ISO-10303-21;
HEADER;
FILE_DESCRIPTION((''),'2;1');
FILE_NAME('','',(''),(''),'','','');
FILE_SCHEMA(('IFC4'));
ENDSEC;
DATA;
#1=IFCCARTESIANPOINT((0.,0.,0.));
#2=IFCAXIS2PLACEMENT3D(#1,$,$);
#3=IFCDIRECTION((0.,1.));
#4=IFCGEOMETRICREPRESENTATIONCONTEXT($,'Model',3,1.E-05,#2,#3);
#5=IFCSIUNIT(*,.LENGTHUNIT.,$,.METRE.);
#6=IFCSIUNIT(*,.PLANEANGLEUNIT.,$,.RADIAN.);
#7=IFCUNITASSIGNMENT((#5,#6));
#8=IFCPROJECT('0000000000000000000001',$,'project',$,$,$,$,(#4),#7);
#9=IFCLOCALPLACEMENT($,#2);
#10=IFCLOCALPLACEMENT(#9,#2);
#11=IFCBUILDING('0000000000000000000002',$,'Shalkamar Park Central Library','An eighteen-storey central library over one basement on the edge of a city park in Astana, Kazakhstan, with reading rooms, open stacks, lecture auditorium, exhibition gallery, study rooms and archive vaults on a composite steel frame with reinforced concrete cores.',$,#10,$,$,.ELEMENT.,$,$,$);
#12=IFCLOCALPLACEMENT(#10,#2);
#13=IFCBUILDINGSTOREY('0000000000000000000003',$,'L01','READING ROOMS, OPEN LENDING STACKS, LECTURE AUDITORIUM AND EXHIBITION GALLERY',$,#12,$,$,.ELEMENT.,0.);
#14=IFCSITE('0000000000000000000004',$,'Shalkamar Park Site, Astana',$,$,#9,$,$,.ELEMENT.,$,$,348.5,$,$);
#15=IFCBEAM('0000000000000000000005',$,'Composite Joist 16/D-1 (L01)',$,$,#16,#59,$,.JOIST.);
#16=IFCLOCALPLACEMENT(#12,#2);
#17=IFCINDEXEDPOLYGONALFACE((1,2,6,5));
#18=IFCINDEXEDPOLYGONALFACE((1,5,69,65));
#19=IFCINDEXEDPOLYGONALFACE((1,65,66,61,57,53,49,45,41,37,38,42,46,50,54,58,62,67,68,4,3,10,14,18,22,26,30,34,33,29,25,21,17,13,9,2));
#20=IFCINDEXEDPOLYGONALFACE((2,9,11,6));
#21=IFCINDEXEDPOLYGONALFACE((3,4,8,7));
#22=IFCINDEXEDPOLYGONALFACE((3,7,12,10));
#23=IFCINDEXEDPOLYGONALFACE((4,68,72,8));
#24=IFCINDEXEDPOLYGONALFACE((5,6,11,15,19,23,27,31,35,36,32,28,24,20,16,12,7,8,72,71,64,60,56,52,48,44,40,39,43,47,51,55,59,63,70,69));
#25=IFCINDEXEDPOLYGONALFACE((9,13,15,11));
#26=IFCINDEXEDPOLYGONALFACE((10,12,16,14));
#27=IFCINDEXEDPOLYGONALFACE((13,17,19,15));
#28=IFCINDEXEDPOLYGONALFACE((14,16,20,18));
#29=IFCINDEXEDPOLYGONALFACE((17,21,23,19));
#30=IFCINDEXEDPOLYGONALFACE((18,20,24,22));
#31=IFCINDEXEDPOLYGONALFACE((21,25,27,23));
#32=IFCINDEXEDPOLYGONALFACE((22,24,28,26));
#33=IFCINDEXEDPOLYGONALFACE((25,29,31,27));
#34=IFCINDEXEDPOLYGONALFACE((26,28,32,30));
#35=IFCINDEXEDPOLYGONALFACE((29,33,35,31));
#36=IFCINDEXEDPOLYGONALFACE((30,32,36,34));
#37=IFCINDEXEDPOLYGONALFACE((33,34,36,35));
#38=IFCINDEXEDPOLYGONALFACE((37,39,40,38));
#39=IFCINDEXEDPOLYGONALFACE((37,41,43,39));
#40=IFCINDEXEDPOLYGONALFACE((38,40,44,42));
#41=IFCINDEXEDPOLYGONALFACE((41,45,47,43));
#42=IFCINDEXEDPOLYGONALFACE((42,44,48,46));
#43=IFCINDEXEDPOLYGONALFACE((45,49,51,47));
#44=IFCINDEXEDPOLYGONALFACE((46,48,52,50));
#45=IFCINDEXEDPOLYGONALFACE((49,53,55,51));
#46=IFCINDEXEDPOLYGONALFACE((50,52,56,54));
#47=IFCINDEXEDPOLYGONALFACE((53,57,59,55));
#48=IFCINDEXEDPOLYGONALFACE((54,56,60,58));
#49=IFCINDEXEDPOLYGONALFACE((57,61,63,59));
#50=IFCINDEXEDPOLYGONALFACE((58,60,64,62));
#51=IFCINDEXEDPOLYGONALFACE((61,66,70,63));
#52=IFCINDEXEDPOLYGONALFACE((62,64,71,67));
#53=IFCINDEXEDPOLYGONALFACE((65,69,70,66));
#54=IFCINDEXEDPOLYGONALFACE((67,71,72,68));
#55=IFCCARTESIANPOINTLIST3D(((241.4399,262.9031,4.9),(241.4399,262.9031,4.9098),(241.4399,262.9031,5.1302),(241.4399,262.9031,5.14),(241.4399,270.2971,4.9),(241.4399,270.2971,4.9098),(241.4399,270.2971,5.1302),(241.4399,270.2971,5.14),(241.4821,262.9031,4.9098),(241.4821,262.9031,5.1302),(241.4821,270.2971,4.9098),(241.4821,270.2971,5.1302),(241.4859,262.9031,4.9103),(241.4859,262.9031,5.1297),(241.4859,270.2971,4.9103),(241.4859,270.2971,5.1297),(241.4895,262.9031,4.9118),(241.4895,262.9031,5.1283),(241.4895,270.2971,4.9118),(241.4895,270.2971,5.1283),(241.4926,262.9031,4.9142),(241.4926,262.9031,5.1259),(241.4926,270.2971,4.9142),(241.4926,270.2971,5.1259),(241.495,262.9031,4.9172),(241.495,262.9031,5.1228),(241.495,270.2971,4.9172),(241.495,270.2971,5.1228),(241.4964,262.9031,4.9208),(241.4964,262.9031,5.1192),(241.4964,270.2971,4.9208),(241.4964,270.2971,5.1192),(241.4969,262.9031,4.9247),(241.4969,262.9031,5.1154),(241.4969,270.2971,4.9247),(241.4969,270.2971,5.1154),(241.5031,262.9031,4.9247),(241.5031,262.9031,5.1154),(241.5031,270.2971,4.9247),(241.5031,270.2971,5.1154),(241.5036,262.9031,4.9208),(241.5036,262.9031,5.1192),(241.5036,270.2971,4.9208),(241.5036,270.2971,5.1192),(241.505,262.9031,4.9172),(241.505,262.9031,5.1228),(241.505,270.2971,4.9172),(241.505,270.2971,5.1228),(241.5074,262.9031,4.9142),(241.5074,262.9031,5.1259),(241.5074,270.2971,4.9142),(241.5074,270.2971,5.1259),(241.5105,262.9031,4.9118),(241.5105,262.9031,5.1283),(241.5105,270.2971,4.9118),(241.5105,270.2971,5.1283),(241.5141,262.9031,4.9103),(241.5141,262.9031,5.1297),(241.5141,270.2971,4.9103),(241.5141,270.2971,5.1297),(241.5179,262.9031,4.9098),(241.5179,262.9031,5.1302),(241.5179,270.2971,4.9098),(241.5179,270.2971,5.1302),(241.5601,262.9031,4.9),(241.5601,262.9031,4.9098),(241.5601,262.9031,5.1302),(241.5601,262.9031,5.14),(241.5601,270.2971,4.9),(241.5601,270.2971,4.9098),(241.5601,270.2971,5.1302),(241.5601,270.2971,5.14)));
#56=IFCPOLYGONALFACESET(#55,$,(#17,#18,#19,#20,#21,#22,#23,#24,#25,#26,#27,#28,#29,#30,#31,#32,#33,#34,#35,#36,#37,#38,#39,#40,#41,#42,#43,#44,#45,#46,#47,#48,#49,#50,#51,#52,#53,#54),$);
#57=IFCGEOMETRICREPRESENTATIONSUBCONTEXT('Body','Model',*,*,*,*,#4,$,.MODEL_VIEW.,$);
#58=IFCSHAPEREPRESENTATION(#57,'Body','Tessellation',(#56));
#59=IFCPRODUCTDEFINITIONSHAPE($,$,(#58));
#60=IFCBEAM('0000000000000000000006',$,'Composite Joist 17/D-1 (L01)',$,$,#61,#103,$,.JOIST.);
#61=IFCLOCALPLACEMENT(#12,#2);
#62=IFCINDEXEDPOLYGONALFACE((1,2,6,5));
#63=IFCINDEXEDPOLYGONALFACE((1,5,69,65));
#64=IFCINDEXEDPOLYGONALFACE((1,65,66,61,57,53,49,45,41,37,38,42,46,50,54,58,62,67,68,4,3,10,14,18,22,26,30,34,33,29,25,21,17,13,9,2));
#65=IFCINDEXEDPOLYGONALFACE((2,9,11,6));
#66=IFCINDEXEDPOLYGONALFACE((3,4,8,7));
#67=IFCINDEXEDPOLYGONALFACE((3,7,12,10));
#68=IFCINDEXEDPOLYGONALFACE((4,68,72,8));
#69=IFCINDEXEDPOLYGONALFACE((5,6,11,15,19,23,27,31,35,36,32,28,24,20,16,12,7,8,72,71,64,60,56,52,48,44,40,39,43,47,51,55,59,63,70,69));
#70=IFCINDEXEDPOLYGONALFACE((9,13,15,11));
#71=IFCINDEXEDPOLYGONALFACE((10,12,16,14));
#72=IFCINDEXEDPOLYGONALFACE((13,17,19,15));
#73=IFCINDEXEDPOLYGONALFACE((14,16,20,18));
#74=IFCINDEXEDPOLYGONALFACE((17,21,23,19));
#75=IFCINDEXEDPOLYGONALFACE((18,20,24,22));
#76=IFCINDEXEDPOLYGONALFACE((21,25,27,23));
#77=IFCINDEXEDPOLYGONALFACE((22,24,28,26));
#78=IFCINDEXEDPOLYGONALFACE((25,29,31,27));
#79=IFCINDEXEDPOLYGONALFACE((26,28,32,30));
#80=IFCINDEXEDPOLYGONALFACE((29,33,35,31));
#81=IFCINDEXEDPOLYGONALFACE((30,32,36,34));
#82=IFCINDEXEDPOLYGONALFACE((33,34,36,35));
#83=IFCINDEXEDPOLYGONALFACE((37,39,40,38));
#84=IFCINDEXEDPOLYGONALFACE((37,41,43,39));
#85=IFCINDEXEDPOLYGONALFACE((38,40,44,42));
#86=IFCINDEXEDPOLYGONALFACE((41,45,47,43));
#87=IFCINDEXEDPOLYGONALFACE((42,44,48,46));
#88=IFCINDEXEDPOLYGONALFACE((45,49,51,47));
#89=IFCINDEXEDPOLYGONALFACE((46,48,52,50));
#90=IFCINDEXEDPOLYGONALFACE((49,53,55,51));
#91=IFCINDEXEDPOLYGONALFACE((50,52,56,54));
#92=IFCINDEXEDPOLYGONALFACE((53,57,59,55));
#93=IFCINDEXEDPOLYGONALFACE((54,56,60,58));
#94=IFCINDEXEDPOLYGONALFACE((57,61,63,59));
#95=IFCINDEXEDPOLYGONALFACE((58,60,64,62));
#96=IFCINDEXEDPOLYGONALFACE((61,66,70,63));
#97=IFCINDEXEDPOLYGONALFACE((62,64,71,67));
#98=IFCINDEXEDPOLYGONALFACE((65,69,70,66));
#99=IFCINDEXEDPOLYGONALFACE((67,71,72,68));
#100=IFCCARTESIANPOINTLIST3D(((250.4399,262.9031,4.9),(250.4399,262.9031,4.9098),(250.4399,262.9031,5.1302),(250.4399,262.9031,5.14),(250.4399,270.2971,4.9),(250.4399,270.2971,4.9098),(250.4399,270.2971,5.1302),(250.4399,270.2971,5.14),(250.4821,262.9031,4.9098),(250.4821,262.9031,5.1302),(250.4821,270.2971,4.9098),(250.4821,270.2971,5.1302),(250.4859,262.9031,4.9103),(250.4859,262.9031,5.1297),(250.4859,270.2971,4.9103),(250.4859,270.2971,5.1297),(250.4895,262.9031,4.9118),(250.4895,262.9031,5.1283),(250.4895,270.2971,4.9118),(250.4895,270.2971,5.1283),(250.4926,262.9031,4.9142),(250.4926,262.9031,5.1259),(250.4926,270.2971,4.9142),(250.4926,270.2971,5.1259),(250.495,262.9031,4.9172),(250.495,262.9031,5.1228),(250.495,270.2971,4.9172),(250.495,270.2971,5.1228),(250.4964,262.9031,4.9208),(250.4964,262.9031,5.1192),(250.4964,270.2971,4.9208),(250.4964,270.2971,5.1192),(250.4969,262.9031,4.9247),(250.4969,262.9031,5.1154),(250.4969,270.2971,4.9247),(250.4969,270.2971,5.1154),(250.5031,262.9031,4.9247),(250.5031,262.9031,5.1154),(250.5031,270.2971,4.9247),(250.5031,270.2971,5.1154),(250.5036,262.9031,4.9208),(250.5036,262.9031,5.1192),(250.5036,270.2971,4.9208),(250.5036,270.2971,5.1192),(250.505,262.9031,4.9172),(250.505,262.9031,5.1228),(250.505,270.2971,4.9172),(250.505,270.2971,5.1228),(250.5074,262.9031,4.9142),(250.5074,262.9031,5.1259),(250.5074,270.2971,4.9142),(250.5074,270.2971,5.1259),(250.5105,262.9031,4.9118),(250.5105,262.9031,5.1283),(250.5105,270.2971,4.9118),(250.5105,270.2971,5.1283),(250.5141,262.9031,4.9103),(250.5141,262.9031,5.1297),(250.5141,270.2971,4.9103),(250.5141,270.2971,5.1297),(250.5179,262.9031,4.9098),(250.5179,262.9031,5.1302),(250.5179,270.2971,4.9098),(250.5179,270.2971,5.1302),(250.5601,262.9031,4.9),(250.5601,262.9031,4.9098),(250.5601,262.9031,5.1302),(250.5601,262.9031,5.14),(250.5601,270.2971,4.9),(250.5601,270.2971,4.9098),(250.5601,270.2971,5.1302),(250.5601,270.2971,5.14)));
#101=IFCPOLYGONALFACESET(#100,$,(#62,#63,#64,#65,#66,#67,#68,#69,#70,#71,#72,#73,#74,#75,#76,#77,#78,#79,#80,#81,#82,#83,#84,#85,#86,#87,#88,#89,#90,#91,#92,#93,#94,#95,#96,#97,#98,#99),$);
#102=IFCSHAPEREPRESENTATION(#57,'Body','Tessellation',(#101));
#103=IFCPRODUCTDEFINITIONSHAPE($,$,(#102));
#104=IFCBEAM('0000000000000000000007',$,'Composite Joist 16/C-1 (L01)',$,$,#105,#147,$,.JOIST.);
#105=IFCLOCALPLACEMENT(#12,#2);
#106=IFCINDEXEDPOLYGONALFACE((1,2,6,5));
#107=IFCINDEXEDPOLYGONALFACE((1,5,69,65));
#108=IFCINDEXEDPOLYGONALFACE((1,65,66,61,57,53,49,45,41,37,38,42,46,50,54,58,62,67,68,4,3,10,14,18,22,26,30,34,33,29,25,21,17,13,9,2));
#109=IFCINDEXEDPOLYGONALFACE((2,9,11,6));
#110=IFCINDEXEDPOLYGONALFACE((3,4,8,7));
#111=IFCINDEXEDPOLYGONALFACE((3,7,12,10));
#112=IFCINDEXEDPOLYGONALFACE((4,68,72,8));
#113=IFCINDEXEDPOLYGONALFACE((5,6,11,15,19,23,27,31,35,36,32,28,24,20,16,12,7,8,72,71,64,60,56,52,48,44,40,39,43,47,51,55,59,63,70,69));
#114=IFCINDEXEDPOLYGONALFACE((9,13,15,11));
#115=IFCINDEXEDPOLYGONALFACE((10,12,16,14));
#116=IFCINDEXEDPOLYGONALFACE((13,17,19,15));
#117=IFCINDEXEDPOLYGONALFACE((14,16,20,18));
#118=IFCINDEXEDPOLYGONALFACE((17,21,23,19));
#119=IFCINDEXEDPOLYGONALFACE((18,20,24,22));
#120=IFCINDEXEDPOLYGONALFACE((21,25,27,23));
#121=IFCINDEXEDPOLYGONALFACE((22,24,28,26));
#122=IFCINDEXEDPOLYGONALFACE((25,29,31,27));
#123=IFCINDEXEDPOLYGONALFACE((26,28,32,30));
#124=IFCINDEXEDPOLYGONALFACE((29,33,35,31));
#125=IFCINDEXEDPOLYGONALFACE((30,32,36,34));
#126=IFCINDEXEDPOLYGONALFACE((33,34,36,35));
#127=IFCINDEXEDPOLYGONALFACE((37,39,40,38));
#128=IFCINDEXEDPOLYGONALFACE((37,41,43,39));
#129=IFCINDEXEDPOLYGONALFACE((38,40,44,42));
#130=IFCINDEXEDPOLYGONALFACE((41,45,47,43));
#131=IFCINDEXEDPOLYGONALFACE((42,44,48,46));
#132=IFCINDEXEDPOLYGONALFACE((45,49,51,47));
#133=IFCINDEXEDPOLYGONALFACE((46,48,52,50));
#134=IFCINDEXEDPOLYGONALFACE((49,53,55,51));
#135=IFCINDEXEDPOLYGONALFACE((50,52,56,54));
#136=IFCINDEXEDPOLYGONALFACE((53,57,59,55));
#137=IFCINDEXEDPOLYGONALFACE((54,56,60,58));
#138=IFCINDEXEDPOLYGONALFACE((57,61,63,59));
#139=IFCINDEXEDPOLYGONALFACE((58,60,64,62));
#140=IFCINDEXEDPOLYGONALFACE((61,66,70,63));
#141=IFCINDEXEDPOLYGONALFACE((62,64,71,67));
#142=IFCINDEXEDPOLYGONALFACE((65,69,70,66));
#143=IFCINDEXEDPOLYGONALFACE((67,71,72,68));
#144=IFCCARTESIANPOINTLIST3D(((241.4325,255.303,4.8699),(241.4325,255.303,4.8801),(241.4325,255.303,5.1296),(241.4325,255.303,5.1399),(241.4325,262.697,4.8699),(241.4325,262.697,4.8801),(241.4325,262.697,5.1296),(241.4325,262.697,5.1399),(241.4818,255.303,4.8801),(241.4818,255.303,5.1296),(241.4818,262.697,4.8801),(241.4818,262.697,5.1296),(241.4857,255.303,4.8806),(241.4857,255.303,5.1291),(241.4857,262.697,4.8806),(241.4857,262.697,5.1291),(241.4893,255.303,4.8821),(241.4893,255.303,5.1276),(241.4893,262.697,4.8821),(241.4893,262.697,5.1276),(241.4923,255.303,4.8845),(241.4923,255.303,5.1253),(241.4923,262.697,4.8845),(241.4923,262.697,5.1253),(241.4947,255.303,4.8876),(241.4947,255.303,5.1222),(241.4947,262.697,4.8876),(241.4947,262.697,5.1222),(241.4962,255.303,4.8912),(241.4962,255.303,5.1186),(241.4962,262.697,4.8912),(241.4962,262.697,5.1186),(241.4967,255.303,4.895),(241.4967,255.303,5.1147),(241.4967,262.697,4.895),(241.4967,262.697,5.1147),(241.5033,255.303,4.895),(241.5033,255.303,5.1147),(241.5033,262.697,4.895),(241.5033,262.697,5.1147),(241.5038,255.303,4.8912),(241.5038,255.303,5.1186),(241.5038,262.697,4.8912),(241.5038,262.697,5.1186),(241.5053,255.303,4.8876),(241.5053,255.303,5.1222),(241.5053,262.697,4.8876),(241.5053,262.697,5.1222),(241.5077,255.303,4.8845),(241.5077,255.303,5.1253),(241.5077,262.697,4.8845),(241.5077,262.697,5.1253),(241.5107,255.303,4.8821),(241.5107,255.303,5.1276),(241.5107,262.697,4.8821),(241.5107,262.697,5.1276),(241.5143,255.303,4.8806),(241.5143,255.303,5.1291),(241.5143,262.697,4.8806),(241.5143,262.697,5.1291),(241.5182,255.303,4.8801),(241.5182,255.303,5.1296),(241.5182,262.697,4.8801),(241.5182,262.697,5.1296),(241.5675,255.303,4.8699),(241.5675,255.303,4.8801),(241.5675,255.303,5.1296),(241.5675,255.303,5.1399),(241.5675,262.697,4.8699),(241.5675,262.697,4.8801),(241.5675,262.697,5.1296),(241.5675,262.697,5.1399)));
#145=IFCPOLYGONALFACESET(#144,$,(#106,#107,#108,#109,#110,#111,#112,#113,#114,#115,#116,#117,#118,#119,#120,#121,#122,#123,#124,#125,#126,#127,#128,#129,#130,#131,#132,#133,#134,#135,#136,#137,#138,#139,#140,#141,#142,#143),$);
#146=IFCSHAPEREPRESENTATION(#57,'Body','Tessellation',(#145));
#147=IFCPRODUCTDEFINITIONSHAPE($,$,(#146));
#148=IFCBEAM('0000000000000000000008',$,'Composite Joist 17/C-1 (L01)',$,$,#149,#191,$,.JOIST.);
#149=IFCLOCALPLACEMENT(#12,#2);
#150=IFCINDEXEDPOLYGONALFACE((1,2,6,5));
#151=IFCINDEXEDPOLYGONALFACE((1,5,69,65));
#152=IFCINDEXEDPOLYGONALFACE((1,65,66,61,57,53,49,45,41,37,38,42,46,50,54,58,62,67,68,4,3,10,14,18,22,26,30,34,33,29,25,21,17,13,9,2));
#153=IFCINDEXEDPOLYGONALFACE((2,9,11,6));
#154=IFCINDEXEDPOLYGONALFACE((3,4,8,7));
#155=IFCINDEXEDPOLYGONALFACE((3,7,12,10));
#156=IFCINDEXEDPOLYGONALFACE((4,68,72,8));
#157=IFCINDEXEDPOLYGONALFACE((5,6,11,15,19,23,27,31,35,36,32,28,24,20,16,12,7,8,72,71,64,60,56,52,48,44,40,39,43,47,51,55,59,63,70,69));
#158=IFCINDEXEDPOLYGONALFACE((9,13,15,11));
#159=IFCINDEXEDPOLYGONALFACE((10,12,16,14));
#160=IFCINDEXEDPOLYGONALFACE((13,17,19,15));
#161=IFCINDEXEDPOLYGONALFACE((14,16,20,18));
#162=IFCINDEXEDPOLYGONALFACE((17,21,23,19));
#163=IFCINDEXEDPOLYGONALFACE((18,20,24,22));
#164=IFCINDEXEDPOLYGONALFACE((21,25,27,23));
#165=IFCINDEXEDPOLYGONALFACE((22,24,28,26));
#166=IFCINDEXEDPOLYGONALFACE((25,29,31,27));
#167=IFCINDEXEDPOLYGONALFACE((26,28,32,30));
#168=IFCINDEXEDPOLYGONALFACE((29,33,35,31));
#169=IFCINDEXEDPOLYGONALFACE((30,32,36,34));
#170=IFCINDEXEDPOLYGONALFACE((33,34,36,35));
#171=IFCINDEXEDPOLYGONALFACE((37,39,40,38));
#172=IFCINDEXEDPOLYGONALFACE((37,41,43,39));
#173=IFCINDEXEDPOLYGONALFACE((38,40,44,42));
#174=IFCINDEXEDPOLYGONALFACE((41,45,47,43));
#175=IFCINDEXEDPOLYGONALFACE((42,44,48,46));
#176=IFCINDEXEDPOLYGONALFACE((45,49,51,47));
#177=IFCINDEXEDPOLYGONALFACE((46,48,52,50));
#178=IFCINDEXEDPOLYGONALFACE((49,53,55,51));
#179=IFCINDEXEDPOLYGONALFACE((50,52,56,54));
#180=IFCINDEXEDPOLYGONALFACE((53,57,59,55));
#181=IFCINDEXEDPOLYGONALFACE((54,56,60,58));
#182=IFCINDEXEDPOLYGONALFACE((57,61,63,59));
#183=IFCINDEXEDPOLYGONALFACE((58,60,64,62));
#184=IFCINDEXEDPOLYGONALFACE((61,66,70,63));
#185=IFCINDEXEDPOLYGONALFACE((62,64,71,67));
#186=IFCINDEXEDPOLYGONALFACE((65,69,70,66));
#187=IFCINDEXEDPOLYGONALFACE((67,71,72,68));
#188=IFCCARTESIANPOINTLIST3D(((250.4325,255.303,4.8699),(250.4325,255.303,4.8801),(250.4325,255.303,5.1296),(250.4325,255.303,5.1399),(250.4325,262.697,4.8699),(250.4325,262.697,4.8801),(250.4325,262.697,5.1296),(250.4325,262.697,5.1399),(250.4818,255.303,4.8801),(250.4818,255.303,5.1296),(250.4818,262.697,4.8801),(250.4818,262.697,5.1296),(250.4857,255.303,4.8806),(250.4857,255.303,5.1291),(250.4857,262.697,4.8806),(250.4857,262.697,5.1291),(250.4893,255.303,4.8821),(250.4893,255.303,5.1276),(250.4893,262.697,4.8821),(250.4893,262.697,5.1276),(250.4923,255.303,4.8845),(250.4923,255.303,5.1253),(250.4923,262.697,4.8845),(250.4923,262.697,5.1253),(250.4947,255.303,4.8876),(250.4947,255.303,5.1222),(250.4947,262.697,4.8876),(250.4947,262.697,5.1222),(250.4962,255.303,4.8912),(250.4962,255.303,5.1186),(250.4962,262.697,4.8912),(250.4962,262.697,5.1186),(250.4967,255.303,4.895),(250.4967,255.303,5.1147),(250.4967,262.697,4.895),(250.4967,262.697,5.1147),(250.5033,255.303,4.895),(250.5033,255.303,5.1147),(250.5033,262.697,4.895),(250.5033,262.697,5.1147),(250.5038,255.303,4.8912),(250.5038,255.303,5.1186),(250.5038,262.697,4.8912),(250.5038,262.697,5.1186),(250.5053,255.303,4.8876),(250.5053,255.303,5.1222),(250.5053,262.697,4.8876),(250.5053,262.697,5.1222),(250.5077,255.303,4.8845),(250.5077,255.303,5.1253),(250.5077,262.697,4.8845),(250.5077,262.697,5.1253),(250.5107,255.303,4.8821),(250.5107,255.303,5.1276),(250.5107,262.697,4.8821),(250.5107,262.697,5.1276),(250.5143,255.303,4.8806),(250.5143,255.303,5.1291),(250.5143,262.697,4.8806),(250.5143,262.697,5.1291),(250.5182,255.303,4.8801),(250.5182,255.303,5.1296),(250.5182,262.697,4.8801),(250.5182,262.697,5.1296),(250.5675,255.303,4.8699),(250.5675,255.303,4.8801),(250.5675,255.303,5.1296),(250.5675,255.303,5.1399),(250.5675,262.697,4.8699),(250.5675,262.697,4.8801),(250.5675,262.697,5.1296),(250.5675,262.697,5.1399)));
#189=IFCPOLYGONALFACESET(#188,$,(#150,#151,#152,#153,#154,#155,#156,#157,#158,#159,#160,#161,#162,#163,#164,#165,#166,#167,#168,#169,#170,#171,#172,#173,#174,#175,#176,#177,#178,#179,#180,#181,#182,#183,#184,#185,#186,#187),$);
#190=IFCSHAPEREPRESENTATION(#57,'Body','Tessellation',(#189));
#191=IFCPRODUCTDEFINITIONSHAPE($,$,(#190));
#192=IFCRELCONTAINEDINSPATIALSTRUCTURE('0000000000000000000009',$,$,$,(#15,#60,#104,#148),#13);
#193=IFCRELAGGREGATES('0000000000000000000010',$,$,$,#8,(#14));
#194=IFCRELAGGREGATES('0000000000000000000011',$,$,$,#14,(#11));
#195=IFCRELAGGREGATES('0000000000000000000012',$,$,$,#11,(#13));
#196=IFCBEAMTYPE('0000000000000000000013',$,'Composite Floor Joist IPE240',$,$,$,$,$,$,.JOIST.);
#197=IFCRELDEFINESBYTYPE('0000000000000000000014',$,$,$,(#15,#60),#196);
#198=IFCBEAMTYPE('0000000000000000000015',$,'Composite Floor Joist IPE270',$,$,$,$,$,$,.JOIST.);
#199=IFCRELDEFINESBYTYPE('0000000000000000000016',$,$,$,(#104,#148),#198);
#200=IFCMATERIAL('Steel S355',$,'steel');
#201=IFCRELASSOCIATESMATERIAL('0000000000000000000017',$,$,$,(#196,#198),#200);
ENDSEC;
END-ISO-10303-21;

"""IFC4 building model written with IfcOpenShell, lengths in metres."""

from ifc_helpers import new_model, si_unit, direction, frame, origin, origin_2d, place, context, subcontext, project, spatial, i_section, extrude, material, material_profile, profile_set, type_object, element, save


model = new_model("IFC4")

# Units and contexts
model_context = context("Model", 3, precision=1e-05, world=origin(), true_north=direction((0.0, 1.0)))
body_context = subcontext(model_context, "Body", "Model", "MODEL_VIEW")
ifc_project = project(units=[si_unit("LENGTHUNIT", "METRE"), si_unit("PLANEANGLEUNIT", "RADIAN")], contexts=[model_context])

# Site, building, storey
site_placement = place(None, origin())
site = spatial("IfcSite", under=ifc_project, at=site_placement, Name="Shalkamar Park Site, Astana", CompositionType="ELEMENT", RefElevation=348.5)
building_placement = place(site_placement, origin())
building = spatial("IfcBuilding", under=site, at=building_placement, Name="Shalkamar Park Central Library", Description="An eighteen-storey central library over one basement on the edge of a city park in Astana, Kazakhstan, with reading rooms, open stacks, lecture auditorium, exhibition gallery, study rooms and archive vaults on a composite steel frame with reinforced concrete cores.", CompositionType="ELEMENT")
storey_placement = place(building_placement, origin())
storey = spatial("IfcBuildingStorey", under=building, at=storey_placement, Name="L01", Description="READING ROOMS, OPEN LENDING STACKS, LECTURE AUDITORIUM AND EXHIBITION GALLERY", CompositionType="ELEMENT", Elevation=0.0)

# Shared definitions
ifc_material_1 = material(Name="Steel S355", Category="steel")

# Beams
ifc_material_profile_1 = material_profile(ifc_material_1, i_section(OverallWidth=0.1201, OverallDepth=0.24, WebThickness=0.0061, FlangeThickness=0.0098, FilletRadius=0.0149, at=origin_2d()), Name="IPE 240")
ifc_profile_set_1 = profile_set([ifc_material_profile_1], Name="Steel S355")
beam_type_1 = type_object("IfcBeamType", Name="Composite Floor Joist IPE240", PredefinedType="JOIST", material=ifc_profile_set_1)
for number, where, z_axis, x_axis, name in (
    (1, (241.5, 262.9031, 5.02), (0.0, 1.0, 0.0), (-1.0, 0.0, 0.0), "Composite Joist 16/D-1 (L01)"),
    (2, (250.5, 262.9031, 5.02), (0.0, 1.0, 0.0), (-1.0, 0.0, 0.0), "Composite Joist 17/D-1 (L01)"),
):
    element("IfcBeam", number, at=place(storey_placement, frame(where, z_axis=z_axis, x_axis=x_axis)), inside=storey, type_object=beam_type_1, Name=name, PredefinedType="JOIST", context=body_context, shape_type="SweptSolid", body=[
        extrude(i_section(OverallWidth=0.1201, OverallDepth=0.24, WebThickness=0.0061, FlangeThickness=0.0098, FilletRadius=0.0149, at=origin_2d()), origin(), (0.0, 0.0, 1.0), 7.394),
    ])
ifc_material_profile_2 = material_profile(ifc_material_1, i_section(OverallWidth=0.135, OverallDepth=0.27, WebThickness=0.0066, FlangeThickness=0.0103, FilletRadius=0.0149, at=origin_2d()), Name="IPE 270")
ifc_profile_set_2 = profile_set([ifc_material_profile_2], Name="Steel S355")
beam_type_2 = type_object("IfcBeamType", Name="Composite Floor Joist IPE270", PredefinedType="JOIST", material=ifc_profile_set_2)
for number, where, z_axis, x_axis, name in (
    (3, (241.5, 255.303, 5.0049), (0.0, 1.0, 0.0), (-1.0, 0.0, 0.0), "Composite Joist 16/C-1 (L01)"),
    (4, (250.5, 255.303, 5.0049), (0.0, 1.0, 0.0), (-1.0, 0.0, 0.0), "Composite Joist 17/C-1 (L01)"),
):
    element("IfcBeam", number, at=place(storey_placement, frame(where, z_axis=z_axis, x_axis=x_axis)), inside=storey, type_object=beam_type_2, Name=name, PredefinedType="JOIST", context=body_context, shape_type="SweptSolid", body=[
        extrude(i_section(OverallWidth=0.135, OverallDepth=0.27, WebThickness=0.0066, FlangeThickness=0.0103, FilletRadius=0.0149, at=origin_2d()), origin(), (0.0, 0.0, 1.0), 7.394),
    ])

save(model, "model.ifc")
